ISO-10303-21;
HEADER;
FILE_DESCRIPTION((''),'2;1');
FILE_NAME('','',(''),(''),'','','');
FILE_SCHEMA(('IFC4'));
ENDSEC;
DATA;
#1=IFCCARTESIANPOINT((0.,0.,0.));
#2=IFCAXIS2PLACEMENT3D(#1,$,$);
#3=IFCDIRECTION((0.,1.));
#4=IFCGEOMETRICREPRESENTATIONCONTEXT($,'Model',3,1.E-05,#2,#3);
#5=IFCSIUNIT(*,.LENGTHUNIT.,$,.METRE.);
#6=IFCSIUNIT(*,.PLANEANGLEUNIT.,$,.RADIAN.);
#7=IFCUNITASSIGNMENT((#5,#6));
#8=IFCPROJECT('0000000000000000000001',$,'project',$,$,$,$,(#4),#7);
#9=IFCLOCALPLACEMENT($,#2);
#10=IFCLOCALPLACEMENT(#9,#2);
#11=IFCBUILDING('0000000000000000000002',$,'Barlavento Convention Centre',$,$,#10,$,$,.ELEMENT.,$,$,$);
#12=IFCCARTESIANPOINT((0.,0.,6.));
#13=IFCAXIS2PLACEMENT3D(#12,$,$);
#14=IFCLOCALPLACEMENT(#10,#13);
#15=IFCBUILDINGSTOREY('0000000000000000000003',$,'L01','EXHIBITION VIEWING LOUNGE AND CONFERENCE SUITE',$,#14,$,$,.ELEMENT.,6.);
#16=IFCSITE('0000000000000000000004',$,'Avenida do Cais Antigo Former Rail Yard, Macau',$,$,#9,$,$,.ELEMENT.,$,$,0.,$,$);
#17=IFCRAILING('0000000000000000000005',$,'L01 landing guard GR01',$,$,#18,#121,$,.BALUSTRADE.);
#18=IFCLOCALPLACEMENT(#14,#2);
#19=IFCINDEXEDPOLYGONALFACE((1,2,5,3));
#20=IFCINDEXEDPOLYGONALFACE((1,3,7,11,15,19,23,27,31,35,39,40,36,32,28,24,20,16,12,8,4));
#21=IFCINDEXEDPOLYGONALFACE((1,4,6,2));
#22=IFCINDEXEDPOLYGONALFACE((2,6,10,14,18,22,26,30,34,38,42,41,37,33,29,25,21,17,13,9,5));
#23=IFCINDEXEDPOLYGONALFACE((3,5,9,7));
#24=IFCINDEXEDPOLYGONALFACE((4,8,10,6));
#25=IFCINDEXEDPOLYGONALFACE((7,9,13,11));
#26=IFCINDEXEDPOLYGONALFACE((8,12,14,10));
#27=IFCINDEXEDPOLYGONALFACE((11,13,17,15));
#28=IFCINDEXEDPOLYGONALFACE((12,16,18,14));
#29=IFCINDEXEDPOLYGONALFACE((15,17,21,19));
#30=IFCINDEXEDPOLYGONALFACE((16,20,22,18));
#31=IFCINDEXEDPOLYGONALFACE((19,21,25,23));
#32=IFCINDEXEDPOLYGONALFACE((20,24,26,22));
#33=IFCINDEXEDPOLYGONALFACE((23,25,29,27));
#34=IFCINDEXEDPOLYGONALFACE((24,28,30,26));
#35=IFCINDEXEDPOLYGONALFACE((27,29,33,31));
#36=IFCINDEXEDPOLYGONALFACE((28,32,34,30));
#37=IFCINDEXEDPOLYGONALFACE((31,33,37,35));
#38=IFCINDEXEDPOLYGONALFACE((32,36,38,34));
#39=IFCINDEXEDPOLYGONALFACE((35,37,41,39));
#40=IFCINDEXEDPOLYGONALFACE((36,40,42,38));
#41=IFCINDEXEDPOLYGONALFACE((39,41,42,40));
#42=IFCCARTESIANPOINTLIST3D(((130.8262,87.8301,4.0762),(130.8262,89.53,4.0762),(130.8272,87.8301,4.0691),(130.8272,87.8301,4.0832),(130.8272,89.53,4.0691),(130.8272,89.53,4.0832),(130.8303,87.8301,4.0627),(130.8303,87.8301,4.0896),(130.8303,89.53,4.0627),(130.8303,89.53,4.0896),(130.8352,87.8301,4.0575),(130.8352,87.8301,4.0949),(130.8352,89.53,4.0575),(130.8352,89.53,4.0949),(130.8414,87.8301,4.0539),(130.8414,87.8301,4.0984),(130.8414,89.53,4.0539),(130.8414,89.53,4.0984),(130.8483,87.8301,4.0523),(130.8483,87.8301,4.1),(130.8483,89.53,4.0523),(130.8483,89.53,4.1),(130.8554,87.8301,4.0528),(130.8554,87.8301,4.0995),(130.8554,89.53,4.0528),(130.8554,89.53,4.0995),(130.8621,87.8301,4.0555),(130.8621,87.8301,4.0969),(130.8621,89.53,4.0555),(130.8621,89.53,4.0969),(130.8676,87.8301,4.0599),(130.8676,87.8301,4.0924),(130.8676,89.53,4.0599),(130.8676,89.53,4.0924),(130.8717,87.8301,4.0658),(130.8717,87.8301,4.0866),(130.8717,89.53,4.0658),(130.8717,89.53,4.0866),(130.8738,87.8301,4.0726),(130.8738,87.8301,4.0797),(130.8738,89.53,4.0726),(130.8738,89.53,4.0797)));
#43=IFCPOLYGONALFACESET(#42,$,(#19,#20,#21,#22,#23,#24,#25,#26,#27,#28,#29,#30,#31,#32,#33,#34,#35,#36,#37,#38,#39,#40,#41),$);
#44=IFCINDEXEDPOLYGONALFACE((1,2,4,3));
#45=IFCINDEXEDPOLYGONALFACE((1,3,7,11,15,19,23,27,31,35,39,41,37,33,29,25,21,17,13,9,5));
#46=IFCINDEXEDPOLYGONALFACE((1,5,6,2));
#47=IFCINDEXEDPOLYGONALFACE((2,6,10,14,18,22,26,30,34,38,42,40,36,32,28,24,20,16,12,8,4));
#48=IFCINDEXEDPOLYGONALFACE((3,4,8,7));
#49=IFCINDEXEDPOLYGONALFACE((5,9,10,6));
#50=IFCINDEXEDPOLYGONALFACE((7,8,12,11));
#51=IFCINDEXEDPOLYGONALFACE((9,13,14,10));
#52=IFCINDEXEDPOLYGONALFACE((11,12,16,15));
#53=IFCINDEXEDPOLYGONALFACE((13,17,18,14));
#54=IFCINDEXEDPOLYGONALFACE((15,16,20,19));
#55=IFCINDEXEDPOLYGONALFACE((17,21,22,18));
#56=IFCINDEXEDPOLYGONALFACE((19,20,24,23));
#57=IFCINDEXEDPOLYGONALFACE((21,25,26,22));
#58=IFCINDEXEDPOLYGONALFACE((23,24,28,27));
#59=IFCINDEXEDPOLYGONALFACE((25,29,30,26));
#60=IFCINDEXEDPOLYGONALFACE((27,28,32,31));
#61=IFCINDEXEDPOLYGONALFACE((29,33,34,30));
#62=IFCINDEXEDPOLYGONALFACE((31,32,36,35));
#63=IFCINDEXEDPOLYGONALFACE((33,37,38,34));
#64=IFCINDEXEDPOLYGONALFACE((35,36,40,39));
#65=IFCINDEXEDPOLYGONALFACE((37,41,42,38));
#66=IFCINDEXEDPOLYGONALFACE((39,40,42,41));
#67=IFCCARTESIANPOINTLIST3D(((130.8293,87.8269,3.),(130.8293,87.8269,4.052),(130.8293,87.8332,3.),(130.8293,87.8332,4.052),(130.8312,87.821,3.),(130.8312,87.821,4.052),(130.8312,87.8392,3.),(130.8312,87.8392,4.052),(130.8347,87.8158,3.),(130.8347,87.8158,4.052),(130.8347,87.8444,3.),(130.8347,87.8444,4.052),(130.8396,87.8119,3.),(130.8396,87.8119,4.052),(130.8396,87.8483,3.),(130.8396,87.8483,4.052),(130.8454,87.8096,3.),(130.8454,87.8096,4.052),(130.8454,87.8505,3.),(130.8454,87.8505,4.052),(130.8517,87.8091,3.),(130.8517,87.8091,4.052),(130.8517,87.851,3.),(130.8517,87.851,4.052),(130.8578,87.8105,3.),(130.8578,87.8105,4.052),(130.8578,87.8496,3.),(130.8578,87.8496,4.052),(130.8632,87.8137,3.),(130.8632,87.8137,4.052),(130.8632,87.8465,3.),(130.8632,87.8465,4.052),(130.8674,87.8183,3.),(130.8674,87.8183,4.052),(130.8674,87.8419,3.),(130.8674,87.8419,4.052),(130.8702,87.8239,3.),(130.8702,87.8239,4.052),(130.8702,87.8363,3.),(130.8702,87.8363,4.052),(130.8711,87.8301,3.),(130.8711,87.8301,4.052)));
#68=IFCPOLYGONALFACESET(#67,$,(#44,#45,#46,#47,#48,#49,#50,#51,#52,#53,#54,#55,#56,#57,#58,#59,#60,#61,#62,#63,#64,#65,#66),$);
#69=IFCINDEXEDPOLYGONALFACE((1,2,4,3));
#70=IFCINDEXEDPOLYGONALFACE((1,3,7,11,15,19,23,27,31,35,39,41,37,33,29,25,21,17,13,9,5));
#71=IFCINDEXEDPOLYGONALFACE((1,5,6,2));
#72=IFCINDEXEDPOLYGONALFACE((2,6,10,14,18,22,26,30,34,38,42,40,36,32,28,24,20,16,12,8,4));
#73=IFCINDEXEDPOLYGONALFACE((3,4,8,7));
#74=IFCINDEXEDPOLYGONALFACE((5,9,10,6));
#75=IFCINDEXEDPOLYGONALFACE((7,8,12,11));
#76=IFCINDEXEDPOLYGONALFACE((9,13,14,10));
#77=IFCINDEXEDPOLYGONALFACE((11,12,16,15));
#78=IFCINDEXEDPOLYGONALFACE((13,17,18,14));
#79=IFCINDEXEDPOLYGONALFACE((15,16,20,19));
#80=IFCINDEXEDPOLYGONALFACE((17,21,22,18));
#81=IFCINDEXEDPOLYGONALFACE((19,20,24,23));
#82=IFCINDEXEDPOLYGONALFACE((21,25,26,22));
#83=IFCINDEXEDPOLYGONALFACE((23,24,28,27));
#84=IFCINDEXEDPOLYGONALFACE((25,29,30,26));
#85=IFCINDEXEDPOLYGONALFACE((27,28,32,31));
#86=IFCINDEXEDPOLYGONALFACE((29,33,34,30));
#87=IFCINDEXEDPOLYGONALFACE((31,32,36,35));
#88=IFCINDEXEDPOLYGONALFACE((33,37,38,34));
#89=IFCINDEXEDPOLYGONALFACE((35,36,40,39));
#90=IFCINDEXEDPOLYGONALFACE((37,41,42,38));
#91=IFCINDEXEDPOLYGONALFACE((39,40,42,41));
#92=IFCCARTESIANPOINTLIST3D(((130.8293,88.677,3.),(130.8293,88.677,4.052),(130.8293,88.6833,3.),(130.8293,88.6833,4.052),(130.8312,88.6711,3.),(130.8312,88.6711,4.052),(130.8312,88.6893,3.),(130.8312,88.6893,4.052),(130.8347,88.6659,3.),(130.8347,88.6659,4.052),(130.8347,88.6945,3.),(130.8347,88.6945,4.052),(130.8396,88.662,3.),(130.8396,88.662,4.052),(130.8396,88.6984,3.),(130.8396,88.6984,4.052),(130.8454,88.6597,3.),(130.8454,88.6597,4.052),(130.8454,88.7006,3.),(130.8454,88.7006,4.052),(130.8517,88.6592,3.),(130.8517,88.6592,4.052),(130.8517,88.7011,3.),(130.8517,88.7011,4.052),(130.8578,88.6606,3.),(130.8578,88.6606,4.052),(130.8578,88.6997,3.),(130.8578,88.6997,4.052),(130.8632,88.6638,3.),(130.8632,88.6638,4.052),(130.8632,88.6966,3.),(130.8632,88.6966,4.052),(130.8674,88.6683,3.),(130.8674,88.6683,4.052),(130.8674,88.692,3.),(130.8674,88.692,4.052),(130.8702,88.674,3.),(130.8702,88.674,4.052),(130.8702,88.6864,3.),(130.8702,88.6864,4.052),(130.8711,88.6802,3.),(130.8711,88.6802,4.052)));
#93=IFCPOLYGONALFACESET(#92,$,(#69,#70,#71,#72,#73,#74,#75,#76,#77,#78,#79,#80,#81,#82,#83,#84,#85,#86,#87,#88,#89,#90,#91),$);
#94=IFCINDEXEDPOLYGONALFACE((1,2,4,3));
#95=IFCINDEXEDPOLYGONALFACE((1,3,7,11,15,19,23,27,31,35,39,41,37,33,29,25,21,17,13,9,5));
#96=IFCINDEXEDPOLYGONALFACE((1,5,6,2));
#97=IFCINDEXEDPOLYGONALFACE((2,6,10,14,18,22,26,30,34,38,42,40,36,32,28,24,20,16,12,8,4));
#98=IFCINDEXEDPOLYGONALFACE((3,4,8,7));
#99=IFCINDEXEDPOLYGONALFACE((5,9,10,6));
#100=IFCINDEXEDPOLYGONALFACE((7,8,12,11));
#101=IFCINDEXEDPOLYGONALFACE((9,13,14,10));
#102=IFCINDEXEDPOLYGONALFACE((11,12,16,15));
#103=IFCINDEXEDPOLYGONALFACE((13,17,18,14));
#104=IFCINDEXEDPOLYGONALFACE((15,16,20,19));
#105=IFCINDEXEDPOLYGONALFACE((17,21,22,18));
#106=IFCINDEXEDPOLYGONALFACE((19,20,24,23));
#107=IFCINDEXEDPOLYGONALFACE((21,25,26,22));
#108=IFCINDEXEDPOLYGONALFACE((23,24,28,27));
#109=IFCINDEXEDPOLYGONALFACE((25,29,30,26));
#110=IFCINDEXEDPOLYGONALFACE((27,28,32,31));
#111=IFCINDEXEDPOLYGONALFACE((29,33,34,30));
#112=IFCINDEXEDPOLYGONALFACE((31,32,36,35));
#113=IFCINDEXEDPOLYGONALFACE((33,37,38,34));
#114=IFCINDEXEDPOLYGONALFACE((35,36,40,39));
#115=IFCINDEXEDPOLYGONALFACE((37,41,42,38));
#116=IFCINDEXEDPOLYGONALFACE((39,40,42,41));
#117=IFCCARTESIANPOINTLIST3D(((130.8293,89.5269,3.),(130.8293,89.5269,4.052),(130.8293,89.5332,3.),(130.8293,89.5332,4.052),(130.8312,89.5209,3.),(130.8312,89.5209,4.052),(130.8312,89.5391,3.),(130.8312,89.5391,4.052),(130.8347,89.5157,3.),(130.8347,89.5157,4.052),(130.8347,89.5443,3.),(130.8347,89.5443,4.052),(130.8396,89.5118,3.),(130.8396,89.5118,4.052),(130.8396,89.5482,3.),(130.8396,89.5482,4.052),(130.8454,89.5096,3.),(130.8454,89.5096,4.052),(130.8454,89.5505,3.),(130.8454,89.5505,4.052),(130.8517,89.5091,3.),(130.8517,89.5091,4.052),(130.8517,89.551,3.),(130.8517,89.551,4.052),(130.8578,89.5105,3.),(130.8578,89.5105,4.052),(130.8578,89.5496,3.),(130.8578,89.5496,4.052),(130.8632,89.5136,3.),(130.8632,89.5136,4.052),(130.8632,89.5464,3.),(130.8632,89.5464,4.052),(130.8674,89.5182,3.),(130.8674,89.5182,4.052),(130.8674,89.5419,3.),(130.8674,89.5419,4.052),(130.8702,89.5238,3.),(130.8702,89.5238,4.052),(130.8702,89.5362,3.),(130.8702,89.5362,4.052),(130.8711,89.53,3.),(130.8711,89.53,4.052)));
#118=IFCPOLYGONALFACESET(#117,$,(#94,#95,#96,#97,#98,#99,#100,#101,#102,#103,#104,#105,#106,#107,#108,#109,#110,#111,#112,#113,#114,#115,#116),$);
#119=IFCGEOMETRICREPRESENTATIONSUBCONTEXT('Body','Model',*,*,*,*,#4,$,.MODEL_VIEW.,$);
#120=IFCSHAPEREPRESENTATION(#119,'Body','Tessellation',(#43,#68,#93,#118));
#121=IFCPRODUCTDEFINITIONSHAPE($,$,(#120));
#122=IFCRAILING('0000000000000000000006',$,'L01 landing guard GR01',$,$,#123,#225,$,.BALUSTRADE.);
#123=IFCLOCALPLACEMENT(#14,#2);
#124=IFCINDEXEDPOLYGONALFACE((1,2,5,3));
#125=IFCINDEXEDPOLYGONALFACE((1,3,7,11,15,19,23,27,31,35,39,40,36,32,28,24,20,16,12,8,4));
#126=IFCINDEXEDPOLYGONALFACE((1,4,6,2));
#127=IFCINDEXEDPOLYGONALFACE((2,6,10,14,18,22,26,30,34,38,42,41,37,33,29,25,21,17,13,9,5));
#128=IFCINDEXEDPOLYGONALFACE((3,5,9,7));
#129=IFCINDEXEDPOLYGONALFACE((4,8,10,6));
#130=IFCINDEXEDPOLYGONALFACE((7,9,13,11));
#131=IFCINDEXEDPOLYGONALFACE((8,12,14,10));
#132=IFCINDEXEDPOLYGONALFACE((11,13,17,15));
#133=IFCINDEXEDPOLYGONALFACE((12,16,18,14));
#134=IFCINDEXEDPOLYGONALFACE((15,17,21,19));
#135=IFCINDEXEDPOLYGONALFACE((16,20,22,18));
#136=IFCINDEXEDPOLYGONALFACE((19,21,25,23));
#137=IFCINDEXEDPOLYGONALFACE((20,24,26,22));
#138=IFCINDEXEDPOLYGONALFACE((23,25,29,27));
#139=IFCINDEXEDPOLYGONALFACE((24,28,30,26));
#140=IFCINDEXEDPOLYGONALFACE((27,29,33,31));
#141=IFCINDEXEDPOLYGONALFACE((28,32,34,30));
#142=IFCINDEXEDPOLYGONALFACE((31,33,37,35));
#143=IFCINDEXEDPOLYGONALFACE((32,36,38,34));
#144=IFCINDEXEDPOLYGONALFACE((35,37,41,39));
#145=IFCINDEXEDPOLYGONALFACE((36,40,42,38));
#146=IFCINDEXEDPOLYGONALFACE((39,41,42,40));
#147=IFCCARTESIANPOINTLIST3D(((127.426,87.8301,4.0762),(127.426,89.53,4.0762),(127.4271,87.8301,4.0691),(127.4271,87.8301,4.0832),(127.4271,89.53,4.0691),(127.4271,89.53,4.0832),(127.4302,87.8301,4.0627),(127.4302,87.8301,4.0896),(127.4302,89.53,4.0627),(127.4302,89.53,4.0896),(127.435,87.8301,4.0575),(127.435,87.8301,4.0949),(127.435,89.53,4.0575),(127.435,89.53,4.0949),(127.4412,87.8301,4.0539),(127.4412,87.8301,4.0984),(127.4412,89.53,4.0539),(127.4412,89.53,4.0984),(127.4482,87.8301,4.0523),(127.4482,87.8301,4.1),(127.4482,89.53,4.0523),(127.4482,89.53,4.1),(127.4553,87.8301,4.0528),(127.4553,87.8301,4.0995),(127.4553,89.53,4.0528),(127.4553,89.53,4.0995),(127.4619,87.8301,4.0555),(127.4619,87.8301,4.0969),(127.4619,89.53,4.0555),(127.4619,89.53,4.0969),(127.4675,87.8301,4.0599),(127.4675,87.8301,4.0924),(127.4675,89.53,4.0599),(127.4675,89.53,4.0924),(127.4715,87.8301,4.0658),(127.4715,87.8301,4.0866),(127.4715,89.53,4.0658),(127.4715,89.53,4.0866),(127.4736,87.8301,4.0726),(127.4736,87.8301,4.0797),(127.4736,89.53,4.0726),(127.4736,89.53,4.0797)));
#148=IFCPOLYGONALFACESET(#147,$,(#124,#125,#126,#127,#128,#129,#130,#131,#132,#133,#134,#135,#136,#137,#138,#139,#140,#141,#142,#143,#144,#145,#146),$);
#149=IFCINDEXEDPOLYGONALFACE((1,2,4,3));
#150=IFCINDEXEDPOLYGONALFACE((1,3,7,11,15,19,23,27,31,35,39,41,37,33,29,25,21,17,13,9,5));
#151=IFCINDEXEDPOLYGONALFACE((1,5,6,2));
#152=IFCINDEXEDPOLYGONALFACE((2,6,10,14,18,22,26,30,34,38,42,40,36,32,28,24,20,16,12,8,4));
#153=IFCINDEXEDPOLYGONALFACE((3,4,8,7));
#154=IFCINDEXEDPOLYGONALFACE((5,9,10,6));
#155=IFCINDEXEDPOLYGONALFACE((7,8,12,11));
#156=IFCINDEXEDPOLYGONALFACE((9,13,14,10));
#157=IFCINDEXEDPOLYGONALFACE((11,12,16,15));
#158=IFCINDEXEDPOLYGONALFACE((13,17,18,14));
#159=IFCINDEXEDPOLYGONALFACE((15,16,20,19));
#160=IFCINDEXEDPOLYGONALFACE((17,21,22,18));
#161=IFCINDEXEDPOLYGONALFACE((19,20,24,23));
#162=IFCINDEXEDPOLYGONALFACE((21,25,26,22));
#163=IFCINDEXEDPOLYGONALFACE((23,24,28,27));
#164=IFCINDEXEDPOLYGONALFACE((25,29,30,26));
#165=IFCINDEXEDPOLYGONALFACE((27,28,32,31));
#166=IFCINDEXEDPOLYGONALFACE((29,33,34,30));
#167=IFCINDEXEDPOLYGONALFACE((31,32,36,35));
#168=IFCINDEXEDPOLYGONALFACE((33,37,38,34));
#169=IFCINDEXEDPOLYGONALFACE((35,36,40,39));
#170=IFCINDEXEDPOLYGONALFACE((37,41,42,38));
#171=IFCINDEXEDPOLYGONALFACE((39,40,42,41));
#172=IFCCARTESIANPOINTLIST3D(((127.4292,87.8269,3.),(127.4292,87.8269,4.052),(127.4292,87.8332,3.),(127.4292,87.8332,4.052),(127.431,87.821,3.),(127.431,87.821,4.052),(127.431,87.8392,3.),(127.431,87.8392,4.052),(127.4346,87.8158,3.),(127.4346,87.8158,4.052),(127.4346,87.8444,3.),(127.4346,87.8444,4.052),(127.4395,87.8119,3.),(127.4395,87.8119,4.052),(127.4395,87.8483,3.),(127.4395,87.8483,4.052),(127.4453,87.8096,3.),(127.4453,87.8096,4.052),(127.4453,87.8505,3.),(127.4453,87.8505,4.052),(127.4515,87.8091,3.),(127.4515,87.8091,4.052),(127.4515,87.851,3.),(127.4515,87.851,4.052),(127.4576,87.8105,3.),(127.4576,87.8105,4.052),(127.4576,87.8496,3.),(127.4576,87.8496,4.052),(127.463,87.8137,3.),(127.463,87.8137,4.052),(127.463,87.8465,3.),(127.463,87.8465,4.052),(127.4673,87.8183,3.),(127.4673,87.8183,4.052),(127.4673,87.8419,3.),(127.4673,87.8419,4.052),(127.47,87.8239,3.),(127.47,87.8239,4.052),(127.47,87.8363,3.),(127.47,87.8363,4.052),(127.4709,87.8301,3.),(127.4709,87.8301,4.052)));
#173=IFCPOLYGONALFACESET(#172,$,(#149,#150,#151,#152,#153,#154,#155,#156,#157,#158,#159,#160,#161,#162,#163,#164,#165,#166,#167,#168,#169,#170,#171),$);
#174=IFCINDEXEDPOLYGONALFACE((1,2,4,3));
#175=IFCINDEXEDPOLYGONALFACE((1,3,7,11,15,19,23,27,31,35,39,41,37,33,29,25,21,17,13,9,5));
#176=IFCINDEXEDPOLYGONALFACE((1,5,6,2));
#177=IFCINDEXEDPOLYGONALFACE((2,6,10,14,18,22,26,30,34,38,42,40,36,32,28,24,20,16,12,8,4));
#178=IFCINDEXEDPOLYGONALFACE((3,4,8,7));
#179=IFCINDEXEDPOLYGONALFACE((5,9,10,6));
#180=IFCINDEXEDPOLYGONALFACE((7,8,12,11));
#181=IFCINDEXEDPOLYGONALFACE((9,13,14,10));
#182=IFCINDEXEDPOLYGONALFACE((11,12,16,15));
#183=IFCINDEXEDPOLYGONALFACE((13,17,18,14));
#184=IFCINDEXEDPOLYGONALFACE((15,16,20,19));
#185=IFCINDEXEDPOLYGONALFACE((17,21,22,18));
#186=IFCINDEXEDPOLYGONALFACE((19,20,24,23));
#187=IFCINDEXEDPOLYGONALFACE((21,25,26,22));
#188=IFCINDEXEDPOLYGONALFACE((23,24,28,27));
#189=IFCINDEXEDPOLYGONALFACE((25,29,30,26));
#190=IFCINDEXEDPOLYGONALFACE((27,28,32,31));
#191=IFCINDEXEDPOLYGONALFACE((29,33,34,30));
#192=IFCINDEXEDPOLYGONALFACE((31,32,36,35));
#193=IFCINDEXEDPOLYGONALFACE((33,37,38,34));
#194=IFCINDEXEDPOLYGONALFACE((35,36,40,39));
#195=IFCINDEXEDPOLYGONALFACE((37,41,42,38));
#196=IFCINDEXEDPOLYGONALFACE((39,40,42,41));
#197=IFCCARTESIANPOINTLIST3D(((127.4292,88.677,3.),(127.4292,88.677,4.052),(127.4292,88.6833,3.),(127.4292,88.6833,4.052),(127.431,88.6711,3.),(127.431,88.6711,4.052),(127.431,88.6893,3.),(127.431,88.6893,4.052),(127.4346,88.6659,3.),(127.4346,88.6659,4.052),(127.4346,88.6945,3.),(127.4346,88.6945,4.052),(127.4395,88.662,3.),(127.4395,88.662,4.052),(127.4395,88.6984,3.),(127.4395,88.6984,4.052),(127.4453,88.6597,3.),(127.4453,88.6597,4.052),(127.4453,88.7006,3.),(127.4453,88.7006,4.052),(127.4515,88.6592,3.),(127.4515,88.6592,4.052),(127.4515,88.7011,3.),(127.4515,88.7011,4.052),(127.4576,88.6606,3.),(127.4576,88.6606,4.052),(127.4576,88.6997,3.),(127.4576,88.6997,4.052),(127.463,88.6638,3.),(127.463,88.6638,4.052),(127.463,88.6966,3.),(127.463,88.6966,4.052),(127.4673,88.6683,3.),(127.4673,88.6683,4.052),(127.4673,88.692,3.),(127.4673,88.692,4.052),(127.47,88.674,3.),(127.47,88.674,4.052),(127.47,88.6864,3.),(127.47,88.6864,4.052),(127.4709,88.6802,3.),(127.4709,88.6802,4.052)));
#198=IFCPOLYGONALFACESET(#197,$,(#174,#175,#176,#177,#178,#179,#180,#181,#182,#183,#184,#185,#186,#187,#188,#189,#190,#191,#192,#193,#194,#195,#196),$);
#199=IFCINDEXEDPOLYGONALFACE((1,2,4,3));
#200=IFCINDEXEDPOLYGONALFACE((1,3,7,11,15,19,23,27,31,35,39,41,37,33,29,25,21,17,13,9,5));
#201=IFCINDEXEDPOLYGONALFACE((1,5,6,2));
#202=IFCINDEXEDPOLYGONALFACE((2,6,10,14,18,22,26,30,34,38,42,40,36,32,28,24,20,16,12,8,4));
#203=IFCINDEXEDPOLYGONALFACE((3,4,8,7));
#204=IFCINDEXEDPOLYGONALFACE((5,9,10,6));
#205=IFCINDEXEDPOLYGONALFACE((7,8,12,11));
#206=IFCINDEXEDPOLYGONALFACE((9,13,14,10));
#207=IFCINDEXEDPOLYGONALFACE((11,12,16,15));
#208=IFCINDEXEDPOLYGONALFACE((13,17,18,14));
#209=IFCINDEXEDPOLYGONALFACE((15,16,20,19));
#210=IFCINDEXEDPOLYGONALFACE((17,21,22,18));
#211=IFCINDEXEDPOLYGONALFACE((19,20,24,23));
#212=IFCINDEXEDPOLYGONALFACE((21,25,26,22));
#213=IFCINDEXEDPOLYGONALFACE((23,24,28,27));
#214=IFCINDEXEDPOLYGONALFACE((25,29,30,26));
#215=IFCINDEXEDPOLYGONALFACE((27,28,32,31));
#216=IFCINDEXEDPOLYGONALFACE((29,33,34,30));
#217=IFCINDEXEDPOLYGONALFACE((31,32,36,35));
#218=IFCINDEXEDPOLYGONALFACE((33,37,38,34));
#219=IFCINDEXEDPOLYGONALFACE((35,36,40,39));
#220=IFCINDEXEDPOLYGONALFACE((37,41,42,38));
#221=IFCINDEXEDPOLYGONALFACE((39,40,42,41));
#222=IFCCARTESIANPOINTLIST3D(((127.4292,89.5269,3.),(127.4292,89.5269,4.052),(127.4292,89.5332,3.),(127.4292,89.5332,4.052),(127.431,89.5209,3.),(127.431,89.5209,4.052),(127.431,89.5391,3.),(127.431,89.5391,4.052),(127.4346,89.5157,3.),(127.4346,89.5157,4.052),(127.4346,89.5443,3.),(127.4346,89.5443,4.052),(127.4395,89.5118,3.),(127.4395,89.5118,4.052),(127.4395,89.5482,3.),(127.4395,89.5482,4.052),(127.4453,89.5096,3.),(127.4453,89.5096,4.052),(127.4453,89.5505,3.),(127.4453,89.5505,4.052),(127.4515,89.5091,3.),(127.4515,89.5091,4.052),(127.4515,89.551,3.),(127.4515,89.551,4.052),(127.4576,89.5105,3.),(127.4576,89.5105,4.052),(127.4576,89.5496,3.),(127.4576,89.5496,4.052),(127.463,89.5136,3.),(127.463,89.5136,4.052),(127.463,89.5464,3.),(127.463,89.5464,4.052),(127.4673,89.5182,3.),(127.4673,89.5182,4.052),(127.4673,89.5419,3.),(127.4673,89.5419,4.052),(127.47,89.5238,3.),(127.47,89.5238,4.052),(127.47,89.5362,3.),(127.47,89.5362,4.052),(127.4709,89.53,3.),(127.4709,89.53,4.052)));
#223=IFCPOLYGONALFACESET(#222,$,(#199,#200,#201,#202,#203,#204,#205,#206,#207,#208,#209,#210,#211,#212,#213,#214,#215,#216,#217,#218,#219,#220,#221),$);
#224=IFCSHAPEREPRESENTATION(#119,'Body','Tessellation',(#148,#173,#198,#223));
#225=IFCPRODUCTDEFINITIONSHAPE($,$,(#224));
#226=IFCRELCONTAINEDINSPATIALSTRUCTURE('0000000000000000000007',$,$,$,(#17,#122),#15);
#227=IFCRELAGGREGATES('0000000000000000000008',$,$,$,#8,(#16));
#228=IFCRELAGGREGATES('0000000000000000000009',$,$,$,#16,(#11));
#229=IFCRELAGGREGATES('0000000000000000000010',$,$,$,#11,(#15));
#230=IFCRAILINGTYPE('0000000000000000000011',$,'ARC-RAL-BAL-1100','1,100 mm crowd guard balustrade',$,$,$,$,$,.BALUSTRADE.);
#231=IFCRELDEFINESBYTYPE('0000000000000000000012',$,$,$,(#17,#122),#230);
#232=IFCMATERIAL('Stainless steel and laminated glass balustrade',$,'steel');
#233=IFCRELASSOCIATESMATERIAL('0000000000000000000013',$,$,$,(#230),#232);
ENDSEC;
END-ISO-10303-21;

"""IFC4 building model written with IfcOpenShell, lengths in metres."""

from ifc_helpers import new_model, si_unit, direction, frame, origin, origin_2d, place, context, subcontext, project, spatial, circle, extrude, material, type_object, element, save


model = new_model("IFC4")

# Units and contexts
model_context = context("Model", 3, precision=1e-05, world=origin(), true_north=direction((0.0, 1.0)))
body_context = subcontext(model_context, "Body", "Model", "MODEL_VIEW")
ifc_project = project(units=[si_unit("LENGTHUNIT", "METRE"), si_unit("PLANEANGLEUNIT", "RADIAN")], contexts=[model_context])

# Site, building, storey
site_placement = place(None, origin())
site = spatial("IfcSite", under=ifc_project, at=site_placement, Name="Avenida do Cais Antigo Former Rail Yard, Macau", CompositionType="ELEMENT", RefElevation=0.0)
building_placement = place(site_placement, origin())
building = spatial("IfcBuilding", under=site, at=building_placement, Name="Barlavento Convention Centre", CompositionType="ELEMENT")
storey_placement = place(building_placement, frame((0.0, 0.0, 6.0)))
storey = spatial("IfcBuildingStorey", under=building, at=storey_placement, Name="L01", Description="EXHIBITION VIEWING LOUNGE AND CONFERENCE SUITE", CompositionType="ELEMENT", Elevation=6.0)

# Railings
ifc_material_1 = material(Name="Stainless steel and laminated glass balustrade", Category="steel")
railing_type_1 = type_object("IfcRailingType", Name="ARC-RAL-BAL-1100", Description="1,100 mm crowd guard balustrade", PredefinedType="BALUSTRADE", material=ifc_material_1)
for number, where, name in (
    (1, (130.8501, 87.8301, 3.0), "L01 landing guard GR01"),
    (2, (127.45, 87.8301, 3.0), "L01 landing guard GR01"),
):
    element("IfcRailing", number, at=place(storey_placement, frame(where)), inside=storey, type_object=railing_type_1, Name=name, PredefinedType="BALUSTRADE", context=body_context, shape_type="SweptSolid", body=[
        extrude(circle(Radius=0.0239, at=origin_2d()), frame((0.0, 0.0, 1.0762), z_axis=(0.0, 1.0, 0.0), x_axis=(-1.0, 0.0, 0.0)), (0.0, 0.0, 1.0), 1.7),
        extrude(circle(Radius=0.021, at=origin_2d()), origin(), (0.0, 0.0, 1.0), 1.052),
        extrude(circle(Radius=0.021, at=origin_2d()), frame((0.0, 0.8501, 0.0)), (0.0, 0.0, 1.0), 1.052),
        extrude(circle(Radius=0.021, at=origin_2d()), frame((0.0, 1.7, 0.0)), (0.0, 0.0, 1.0), 1.052),
    ])

save(model, "model.ifc")
